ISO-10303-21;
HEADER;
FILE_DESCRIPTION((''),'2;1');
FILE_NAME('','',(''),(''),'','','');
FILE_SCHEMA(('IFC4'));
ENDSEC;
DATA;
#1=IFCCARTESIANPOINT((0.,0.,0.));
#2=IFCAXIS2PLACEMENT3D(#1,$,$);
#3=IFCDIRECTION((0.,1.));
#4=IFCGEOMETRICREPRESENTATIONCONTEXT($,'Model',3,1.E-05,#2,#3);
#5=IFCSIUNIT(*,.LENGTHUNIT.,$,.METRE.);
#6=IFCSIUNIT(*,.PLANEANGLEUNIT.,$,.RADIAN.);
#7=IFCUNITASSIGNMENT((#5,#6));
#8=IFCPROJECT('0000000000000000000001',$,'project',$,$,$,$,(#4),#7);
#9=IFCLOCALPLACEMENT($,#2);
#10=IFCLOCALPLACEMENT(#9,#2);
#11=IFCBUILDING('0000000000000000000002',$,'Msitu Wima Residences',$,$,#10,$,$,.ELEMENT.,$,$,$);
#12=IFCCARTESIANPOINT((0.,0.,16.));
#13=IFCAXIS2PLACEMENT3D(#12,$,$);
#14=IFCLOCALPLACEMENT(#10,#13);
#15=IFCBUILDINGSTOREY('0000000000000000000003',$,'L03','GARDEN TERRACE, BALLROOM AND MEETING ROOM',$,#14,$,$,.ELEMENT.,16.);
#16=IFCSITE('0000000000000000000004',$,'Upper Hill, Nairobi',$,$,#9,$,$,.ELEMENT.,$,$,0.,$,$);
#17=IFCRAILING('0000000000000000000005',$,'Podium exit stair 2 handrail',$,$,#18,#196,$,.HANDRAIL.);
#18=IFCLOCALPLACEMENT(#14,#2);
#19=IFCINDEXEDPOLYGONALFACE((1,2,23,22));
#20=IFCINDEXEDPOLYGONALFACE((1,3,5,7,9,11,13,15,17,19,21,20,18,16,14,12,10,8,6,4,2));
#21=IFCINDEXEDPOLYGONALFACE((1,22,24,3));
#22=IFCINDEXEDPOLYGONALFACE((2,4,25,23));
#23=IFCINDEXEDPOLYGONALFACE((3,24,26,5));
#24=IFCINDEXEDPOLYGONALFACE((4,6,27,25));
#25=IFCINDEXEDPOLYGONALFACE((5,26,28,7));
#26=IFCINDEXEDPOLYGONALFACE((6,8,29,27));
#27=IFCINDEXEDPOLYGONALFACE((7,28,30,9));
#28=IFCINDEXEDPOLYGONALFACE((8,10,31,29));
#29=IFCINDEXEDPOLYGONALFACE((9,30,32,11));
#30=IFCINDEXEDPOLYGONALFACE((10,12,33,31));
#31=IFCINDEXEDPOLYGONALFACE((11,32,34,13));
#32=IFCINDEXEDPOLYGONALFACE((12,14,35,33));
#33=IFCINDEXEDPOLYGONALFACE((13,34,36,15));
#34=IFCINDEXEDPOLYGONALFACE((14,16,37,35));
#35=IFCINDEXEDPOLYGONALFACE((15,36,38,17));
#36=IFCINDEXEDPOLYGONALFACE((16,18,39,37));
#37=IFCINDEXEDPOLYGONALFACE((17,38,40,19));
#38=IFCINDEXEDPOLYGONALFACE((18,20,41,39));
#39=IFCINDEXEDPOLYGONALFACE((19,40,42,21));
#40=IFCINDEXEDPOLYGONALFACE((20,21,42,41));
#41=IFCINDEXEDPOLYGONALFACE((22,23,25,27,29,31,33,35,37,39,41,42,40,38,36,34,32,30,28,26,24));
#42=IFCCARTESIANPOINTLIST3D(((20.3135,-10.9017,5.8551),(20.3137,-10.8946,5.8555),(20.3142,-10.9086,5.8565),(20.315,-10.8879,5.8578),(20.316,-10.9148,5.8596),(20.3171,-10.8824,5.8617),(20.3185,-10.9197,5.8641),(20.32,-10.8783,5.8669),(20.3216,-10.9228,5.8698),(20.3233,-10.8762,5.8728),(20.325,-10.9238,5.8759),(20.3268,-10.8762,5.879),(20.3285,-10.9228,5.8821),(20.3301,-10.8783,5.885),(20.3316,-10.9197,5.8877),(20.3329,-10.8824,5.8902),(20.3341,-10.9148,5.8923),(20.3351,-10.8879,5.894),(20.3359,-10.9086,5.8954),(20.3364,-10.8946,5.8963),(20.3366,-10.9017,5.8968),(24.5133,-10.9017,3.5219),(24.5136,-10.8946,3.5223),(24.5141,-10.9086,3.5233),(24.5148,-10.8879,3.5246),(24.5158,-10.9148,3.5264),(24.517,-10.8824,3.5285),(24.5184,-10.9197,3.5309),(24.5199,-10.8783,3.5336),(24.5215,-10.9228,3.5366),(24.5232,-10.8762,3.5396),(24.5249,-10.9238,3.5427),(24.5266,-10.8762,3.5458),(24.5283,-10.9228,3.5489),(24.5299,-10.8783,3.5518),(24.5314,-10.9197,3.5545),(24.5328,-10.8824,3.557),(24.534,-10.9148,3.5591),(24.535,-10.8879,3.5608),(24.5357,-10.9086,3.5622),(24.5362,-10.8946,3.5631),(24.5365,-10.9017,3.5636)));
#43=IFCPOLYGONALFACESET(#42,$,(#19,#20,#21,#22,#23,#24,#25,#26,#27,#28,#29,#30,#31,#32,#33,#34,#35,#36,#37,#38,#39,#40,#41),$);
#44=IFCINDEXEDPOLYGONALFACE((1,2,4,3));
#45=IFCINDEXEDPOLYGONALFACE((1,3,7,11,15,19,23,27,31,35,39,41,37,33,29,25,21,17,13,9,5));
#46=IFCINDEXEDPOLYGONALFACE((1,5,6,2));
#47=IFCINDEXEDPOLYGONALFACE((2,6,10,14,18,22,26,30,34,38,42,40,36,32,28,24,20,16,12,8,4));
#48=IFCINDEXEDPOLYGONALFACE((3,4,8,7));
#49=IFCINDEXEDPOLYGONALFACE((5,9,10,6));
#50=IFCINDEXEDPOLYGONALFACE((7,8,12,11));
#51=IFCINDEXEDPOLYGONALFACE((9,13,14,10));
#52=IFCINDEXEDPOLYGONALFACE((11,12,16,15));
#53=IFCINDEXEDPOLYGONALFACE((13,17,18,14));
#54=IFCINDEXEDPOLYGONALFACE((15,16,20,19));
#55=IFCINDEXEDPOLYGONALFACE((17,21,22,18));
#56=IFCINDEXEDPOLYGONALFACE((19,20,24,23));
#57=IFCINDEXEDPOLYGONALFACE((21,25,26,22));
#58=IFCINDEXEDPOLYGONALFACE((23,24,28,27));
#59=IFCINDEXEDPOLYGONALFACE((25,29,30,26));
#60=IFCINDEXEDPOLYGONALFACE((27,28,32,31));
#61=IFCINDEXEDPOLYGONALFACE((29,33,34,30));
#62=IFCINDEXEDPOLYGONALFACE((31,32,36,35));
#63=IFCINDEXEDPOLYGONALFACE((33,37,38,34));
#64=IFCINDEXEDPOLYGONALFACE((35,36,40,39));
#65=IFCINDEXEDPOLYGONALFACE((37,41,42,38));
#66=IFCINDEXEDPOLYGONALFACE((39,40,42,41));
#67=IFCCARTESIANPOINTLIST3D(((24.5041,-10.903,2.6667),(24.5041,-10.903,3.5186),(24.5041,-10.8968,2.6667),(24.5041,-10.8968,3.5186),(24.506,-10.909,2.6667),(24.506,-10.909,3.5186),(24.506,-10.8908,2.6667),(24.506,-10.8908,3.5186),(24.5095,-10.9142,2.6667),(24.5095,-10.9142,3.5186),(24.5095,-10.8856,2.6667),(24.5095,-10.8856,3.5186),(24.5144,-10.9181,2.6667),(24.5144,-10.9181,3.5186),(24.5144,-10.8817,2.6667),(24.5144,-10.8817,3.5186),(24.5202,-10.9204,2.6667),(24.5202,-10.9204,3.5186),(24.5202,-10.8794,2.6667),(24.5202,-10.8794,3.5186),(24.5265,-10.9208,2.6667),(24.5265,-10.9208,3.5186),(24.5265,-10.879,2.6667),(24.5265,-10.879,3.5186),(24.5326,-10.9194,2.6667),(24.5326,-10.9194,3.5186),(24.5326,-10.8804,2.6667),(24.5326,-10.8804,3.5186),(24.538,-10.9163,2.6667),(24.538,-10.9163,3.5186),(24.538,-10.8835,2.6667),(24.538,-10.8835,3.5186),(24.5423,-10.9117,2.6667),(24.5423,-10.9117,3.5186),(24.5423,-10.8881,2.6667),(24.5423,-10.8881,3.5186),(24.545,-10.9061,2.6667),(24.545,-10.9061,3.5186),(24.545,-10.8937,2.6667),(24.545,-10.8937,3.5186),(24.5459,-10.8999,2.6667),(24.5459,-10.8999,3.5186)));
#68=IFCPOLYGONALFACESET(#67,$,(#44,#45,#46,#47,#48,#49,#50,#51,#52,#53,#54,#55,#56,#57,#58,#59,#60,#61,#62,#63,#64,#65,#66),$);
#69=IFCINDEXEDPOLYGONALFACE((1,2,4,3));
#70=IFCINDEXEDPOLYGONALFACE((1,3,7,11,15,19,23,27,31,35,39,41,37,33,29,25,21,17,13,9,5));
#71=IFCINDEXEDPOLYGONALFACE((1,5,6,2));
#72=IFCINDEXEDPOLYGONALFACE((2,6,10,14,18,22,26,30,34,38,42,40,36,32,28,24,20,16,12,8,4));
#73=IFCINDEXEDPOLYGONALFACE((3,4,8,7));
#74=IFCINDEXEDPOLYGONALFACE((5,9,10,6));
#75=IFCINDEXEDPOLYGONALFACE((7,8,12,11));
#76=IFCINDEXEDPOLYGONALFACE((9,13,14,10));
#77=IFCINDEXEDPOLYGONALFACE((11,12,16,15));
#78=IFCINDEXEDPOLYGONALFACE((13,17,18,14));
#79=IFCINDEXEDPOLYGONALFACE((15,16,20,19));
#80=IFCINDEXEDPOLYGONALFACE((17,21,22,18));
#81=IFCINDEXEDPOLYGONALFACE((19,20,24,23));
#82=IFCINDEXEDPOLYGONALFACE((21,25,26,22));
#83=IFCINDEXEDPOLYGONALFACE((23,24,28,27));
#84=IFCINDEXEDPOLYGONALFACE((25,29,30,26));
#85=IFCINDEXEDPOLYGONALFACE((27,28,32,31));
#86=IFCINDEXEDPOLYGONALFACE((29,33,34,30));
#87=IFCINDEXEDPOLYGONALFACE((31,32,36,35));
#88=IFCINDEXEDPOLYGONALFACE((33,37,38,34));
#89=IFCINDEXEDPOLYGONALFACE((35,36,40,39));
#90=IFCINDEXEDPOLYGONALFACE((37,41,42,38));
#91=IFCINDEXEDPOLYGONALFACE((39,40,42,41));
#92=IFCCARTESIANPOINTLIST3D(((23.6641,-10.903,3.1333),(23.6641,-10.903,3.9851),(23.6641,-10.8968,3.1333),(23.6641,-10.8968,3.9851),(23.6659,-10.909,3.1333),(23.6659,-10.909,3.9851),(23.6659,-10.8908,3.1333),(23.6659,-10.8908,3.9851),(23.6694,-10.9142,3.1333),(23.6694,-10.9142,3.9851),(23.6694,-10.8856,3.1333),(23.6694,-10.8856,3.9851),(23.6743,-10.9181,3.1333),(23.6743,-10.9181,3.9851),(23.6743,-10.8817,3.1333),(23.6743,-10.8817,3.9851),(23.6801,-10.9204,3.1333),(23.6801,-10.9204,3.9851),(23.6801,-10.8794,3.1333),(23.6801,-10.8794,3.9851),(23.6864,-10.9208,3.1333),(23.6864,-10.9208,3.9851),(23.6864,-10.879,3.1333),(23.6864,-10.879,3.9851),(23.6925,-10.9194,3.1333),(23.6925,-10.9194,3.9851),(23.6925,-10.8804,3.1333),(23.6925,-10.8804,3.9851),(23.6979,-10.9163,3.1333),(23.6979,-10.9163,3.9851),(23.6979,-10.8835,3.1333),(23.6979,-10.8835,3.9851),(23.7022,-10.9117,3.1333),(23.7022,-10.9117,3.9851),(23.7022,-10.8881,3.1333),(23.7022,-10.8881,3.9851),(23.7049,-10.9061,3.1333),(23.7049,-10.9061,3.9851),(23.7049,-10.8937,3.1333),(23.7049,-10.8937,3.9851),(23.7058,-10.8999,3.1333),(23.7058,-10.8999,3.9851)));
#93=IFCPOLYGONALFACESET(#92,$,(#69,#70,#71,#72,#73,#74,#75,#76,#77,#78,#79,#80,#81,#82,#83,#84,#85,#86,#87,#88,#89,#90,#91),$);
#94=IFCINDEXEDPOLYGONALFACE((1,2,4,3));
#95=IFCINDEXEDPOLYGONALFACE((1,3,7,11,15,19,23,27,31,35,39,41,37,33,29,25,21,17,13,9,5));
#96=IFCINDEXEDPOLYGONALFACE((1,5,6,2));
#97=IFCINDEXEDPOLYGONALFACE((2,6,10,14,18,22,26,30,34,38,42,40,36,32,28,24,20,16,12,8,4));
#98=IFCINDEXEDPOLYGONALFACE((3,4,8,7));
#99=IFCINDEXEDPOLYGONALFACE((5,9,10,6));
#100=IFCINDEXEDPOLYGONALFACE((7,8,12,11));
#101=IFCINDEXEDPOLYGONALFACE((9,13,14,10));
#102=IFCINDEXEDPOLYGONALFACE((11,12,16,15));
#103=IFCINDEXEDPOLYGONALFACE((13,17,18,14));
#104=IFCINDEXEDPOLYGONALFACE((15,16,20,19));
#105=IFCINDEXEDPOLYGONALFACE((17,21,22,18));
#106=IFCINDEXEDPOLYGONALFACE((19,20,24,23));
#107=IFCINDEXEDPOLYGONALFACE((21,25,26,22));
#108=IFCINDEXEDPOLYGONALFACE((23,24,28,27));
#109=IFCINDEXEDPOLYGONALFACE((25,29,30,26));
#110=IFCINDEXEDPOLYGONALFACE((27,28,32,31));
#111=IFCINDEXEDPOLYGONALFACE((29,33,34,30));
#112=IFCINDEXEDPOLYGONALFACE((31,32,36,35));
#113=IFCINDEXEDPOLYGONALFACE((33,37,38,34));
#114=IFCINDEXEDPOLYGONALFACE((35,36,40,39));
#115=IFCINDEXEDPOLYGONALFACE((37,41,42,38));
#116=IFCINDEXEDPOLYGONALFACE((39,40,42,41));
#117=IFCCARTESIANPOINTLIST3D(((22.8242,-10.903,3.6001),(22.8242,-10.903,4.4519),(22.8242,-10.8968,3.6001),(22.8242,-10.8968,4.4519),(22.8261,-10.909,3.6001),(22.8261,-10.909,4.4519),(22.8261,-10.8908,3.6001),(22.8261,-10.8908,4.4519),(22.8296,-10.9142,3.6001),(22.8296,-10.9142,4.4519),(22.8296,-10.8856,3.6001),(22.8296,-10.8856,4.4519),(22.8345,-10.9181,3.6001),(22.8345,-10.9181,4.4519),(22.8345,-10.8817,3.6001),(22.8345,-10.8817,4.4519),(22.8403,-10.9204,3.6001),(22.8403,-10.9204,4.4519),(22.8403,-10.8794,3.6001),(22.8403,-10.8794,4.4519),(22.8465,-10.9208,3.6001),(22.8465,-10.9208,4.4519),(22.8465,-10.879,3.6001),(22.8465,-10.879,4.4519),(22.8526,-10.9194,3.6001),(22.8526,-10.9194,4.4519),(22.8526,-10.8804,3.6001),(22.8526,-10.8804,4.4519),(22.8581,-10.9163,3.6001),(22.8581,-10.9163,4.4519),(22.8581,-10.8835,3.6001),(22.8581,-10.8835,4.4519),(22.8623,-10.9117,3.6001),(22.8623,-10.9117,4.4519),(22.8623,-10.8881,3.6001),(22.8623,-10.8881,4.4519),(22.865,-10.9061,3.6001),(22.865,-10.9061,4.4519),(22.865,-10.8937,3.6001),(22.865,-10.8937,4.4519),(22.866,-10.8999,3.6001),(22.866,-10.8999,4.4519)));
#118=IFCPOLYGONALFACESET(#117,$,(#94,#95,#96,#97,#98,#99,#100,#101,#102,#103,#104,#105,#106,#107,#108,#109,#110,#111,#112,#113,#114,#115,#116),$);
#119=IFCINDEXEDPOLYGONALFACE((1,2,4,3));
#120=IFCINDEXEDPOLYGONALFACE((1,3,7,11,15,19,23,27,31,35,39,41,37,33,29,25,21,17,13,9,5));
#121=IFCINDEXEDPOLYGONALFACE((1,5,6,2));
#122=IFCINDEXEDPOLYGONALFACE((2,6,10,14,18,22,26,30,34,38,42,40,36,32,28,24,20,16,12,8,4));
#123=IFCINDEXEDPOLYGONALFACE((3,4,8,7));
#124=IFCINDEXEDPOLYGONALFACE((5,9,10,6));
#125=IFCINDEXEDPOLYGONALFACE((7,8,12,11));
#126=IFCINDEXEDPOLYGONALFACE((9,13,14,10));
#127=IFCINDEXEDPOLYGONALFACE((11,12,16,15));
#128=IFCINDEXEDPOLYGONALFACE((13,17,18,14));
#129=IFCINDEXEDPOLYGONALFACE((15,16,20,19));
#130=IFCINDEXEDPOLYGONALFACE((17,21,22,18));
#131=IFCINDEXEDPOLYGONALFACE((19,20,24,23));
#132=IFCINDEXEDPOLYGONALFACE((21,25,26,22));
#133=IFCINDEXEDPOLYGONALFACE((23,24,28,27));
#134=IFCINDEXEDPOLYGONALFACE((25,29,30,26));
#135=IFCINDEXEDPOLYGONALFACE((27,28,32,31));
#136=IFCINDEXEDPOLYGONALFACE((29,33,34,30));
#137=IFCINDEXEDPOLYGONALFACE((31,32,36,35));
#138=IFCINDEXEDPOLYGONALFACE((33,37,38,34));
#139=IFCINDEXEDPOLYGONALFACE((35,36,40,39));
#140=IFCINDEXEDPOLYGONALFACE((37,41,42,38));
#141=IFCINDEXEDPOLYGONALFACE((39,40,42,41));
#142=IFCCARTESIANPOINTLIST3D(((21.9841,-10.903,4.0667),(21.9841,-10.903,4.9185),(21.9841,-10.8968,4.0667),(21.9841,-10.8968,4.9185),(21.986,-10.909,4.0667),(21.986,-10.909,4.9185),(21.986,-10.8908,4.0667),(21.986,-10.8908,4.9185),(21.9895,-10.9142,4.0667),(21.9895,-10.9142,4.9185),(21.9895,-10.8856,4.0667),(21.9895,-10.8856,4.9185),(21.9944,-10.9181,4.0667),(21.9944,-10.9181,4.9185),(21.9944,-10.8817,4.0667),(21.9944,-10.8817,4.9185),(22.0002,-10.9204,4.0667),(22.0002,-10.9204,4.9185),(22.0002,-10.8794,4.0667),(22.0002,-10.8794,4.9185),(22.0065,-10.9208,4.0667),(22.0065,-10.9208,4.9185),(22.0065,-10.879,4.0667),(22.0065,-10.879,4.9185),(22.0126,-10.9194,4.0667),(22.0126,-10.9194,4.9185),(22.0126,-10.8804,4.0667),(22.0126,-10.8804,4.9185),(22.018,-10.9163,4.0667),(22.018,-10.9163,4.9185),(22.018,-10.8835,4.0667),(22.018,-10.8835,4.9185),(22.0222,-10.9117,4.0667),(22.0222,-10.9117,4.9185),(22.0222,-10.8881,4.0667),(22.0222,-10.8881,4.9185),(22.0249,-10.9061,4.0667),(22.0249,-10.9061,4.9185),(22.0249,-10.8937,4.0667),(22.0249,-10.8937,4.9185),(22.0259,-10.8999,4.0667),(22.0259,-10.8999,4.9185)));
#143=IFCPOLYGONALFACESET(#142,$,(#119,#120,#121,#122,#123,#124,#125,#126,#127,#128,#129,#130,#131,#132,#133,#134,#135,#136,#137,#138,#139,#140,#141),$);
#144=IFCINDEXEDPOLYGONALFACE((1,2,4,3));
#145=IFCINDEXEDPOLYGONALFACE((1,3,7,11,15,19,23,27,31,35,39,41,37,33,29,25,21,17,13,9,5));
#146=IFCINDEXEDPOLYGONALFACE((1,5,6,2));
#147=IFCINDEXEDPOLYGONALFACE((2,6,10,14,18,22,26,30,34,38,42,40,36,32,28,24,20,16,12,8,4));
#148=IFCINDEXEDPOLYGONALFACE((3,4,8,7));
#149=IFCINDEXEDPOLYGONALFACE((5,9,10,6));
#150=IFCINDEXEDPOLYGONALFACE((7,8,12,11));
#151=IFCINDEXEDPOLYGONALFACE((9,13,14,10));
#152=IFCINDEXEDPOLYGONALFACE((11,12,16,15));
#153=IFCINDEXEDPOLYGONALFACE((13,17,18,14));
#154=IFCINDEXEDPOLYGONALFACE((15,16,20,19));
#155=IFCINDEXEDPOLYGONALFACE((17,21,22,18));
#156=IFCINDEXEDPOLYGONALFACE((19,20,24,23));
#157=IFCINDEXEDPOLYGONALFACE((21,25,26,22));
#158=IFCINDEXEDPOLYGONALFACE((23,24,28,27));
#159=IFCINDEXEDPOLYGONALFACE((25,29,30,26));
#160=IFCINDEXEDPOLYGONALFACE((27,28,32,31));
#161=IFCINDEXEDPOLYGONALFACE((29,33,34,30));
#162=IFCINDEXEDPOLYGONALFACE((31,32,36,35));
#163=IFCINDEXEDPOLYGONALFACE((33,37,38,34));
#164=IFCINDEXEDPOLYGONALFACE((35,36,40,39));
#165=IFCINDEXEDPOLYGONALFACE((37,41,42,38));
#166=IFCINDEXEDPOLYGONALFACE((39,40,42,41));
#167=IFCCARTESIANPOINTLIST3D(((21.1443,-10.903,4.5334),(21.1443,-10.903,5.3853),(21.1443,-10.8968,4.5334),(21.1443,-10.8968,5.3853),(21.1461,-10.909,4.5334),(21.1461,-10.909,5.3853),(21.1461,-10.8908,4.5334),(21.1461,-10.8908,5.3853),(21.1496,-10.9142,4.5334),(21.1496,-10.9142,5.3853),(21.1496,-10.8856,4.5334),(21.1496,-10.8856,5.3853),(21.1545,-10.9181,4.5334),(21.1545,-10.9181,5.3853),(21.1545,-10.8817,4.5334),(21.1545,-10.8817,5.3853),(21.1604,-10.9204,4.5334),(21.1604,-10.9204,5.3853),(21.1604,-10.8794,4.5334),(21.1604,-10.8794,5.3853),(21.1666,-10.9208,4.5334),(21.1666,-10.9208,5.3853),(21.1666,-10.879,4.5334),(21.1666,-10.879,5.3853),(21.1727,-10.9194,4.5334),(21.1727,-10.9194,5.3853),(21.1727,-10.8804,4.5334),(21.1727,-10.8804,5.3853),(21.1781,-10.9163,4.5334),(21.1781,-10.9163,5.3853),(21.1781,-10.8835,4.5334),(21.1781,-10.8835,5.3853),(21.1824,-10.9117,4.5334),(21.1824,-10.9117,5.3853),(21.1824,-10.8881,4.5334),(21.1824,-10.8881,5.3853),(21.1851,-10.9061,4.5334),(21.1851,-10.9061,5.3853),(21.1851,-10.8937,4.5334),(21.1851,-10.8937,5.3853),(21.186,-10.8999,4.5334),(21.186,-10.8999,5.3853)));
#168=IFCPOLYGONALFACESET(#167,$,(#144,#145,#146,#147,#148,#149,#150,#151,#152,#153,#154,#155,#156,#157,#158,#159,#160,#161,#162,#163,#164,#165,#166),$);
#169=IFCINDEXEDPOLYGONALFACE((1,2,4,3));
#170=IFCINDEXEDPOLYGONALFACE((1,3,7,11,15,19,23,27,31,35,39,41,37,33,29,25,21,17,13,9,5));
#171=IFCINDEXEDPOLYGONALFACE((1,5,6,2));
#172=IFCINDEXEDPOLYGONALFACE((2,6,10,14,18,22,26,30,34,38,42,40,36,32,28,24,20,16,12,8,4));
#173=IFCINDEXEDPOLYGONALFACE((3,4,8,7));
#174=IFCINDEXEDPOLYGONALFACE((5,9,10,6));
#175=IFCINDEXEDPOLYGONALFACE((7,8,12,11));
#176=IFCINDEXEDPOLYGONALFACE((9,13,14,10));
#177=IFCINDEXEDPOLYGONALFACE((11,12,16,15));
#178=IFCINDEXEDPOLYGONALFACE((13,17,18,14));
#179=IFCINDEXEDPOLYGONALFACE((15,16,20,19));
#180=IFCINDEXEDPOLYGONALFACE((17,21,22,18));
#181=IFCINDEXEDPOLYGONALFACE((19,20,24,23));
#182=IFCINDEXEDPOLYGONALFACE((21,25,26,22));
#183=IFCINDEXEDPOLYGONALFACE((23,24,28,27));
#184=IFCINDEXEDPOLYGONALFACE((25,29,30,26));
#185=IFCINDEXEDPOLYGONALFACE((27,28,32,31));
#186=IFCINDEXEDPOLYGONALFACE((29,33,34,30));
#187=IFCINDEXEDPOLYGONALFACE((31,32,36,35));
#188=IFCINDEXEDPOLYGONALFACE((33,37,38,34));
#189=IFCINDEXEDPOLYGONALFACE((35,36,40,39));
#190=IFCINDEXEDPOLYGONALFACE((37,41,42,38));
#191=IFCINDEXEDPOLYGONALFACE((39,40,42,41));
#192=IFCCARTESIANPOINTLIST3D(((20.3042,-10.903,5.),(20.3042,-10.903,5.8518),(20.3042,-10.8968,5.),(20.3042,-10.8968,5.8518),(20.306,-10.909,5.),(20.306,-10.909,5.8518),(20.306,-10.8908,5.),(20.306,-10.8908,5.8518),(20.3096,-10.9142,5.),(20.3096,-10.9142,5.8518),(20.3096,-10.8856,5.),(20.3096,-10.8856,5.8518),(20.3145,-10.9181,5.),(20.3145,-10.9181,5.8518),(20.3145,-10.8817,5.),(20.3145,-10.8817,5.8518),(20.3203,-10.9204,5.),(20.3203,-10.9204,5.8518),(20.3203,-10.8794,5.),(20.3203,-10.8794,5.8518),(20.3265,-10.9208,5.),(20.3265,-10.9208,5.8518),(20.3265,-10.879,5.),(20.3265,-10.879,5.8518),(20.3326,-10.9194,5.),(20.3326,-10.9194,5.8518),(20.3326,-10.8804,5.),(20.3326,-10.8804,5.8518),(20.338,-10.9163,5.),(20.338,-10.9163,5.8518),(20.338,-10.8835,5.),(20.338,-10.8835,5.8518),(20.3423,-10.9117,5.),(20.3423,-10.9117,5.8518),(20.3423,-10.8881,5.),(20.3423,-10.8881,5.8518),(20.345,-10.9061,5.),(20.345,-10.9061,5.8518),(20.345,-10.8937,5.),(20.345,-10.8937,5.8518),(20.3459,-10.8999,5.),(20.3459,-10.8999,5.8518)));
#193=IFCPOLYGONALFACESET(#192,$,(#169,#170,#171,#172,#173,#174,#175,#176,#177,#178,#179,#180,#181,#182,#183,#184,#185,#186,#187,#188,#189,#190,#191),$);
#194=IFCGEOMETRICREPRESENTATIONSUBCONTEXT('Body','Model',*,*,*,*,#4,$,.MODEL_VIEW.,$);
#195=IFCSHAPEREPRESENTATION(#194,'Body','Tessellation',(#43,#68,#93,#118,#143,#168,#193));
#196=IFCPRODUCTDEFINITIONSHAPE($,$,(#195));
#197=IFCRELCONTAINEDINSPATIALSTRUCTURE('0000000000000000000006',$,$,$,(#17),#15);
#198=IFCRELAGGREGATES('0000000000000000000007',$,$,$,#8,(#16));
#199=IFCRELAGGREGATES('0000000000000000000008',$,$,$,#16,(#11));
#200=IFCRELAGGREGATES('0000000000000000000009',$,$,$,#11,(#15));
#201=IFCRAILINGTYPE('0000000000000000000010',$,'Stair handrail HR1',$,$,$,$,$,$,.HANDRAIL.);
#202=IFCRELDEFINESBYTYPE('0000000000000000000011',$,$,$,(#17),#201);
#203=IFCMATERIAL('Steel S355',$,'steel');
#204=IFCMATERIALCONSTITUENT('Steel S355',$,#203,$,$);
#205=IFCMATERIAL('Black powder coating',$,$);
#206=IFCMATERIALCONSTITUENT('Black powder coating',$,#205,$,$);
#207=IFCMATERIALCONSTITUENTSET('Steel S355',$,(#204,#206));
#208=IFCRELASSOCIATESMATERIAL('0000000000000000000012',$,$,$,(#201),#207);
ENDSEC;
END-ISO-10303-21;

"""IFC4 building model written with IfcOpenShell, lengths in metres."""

from ifc_helpers import new_model, si_unit, direction, frame, origin, origin_2d, place, context, subcontext, project, spatial, circle, extrude, material, constituent, constituent_set, type_object, element, save


model = new_model("IFC4")

# Units and contexts
model_context = context("Model", 3, precision=1e-05, world=origin(), true_north=direction((0.0, 1.0)))
body_context = subcontext(model_context, "Body", "Model", "MODEL_VIEW")
ifc_project = project(units=[si_unit("LENGTHUNIT", "METRE"), si_unit("PLANEANGLEUNIT", "RADIAN")], contexts=[model_context])

# Site, building, storey
site_placement = place(None, origin())
site = spatial("IfcSite", under=ifc_project, at=site_placement, Name="Upper Hill, Nairobi", CompositionType="ELEMENT", RefElevation=0.0)
building_placement = place(site_placement, origin())
building = spatial("IfcBuilding", under=site, at=building_placement, Name="Msitu Wima Residences", CompositionType="ELEMENT")
storey_placement = place(building_placement, frame((0.0, 0.0, 16.0)))
storey = spatial("IfcBuildingStorey", under=building, at=storey_placement, Name="L03", Description="GARDEN TERRACE, BALLROOM AND MEETING ROOM", CompositionType="ELEMENT", Elevation=16.0)

# Railing
ifc_material_1 = material(Name="Steel S355", Category="steel")
ifc_constituent_1 = constituent(ifc_material_1, Name="Steel S355")
ifc_material_2 = material(Name="Black powder coating")
ifc_constituent_2 = constituent(ifc_material_2, Name="Black powder coating")
ifc_constituent_set = constituent_set(constituents=[ifc_constituent_1, ifc_constituent_2], Name="Steel S355")
railing_type = type_object("IfcRailingType", Name="Stair handrail HR1", PredefinedType="HANDRAIL", material=ifc_constituent_set)
for number, where, name in (
    (1, (24.5249, -10.8999, 2.6667), "Podium exit stair 2 handrail"),
):
    element("IfcRailing", number, at=place(storey_placement, frame(where)), inside=storey, type_object=railing_type, Name=name, PredefinedType="HANDRAIL", context=body_context, shape_type="SweptSolid", body=[
        extrude(circle(Radius=0.0239, at=origin_2d()), frame((0.0, 0.0, 0.876), z_axis=(-0.874162, 0.0, 0.485634), x_axis=(0.0, -1.0, 0.0)), (0.0, 0.0, 1.0), 4.8044),
        extrude(circle(Radius=0.021, at=origin_2d()), origin(), (0.0, 0.0, 1.0), 0.8518),
        extrude(circle(Radius=0.021, at=origin_2d()), frame((-0.8401, 0.0, 0.4666)), (0.0, 0.0, 1.0), 0.8518),
        extrude(circle(Radius=0.021, at=origin_2d()), frame((-1.6799, 0.0, 0.9333)), (0.0, 0.0, 1.0), 0.8518),
        extrude(circle(Radius=0.021, at=origin_2d()), frame((-2.52, 0.0, 1.3999)), (0.0, 0.0, 1.0), 0.8518),
        extrude(circle(Radius=0.021, at=origin_2d()), frame((-3.3599, 0.0, 1.8667)), (0.0, 0.0, 1.0), 0.8518),
        extrude(circle(Radius=0.021, at=origin_2d()), frame((-4.2, 0.0, 2.3333)), (0.0, 0.0, 1.0), 0.8518),
    ])

save(model, "model.ifc")
